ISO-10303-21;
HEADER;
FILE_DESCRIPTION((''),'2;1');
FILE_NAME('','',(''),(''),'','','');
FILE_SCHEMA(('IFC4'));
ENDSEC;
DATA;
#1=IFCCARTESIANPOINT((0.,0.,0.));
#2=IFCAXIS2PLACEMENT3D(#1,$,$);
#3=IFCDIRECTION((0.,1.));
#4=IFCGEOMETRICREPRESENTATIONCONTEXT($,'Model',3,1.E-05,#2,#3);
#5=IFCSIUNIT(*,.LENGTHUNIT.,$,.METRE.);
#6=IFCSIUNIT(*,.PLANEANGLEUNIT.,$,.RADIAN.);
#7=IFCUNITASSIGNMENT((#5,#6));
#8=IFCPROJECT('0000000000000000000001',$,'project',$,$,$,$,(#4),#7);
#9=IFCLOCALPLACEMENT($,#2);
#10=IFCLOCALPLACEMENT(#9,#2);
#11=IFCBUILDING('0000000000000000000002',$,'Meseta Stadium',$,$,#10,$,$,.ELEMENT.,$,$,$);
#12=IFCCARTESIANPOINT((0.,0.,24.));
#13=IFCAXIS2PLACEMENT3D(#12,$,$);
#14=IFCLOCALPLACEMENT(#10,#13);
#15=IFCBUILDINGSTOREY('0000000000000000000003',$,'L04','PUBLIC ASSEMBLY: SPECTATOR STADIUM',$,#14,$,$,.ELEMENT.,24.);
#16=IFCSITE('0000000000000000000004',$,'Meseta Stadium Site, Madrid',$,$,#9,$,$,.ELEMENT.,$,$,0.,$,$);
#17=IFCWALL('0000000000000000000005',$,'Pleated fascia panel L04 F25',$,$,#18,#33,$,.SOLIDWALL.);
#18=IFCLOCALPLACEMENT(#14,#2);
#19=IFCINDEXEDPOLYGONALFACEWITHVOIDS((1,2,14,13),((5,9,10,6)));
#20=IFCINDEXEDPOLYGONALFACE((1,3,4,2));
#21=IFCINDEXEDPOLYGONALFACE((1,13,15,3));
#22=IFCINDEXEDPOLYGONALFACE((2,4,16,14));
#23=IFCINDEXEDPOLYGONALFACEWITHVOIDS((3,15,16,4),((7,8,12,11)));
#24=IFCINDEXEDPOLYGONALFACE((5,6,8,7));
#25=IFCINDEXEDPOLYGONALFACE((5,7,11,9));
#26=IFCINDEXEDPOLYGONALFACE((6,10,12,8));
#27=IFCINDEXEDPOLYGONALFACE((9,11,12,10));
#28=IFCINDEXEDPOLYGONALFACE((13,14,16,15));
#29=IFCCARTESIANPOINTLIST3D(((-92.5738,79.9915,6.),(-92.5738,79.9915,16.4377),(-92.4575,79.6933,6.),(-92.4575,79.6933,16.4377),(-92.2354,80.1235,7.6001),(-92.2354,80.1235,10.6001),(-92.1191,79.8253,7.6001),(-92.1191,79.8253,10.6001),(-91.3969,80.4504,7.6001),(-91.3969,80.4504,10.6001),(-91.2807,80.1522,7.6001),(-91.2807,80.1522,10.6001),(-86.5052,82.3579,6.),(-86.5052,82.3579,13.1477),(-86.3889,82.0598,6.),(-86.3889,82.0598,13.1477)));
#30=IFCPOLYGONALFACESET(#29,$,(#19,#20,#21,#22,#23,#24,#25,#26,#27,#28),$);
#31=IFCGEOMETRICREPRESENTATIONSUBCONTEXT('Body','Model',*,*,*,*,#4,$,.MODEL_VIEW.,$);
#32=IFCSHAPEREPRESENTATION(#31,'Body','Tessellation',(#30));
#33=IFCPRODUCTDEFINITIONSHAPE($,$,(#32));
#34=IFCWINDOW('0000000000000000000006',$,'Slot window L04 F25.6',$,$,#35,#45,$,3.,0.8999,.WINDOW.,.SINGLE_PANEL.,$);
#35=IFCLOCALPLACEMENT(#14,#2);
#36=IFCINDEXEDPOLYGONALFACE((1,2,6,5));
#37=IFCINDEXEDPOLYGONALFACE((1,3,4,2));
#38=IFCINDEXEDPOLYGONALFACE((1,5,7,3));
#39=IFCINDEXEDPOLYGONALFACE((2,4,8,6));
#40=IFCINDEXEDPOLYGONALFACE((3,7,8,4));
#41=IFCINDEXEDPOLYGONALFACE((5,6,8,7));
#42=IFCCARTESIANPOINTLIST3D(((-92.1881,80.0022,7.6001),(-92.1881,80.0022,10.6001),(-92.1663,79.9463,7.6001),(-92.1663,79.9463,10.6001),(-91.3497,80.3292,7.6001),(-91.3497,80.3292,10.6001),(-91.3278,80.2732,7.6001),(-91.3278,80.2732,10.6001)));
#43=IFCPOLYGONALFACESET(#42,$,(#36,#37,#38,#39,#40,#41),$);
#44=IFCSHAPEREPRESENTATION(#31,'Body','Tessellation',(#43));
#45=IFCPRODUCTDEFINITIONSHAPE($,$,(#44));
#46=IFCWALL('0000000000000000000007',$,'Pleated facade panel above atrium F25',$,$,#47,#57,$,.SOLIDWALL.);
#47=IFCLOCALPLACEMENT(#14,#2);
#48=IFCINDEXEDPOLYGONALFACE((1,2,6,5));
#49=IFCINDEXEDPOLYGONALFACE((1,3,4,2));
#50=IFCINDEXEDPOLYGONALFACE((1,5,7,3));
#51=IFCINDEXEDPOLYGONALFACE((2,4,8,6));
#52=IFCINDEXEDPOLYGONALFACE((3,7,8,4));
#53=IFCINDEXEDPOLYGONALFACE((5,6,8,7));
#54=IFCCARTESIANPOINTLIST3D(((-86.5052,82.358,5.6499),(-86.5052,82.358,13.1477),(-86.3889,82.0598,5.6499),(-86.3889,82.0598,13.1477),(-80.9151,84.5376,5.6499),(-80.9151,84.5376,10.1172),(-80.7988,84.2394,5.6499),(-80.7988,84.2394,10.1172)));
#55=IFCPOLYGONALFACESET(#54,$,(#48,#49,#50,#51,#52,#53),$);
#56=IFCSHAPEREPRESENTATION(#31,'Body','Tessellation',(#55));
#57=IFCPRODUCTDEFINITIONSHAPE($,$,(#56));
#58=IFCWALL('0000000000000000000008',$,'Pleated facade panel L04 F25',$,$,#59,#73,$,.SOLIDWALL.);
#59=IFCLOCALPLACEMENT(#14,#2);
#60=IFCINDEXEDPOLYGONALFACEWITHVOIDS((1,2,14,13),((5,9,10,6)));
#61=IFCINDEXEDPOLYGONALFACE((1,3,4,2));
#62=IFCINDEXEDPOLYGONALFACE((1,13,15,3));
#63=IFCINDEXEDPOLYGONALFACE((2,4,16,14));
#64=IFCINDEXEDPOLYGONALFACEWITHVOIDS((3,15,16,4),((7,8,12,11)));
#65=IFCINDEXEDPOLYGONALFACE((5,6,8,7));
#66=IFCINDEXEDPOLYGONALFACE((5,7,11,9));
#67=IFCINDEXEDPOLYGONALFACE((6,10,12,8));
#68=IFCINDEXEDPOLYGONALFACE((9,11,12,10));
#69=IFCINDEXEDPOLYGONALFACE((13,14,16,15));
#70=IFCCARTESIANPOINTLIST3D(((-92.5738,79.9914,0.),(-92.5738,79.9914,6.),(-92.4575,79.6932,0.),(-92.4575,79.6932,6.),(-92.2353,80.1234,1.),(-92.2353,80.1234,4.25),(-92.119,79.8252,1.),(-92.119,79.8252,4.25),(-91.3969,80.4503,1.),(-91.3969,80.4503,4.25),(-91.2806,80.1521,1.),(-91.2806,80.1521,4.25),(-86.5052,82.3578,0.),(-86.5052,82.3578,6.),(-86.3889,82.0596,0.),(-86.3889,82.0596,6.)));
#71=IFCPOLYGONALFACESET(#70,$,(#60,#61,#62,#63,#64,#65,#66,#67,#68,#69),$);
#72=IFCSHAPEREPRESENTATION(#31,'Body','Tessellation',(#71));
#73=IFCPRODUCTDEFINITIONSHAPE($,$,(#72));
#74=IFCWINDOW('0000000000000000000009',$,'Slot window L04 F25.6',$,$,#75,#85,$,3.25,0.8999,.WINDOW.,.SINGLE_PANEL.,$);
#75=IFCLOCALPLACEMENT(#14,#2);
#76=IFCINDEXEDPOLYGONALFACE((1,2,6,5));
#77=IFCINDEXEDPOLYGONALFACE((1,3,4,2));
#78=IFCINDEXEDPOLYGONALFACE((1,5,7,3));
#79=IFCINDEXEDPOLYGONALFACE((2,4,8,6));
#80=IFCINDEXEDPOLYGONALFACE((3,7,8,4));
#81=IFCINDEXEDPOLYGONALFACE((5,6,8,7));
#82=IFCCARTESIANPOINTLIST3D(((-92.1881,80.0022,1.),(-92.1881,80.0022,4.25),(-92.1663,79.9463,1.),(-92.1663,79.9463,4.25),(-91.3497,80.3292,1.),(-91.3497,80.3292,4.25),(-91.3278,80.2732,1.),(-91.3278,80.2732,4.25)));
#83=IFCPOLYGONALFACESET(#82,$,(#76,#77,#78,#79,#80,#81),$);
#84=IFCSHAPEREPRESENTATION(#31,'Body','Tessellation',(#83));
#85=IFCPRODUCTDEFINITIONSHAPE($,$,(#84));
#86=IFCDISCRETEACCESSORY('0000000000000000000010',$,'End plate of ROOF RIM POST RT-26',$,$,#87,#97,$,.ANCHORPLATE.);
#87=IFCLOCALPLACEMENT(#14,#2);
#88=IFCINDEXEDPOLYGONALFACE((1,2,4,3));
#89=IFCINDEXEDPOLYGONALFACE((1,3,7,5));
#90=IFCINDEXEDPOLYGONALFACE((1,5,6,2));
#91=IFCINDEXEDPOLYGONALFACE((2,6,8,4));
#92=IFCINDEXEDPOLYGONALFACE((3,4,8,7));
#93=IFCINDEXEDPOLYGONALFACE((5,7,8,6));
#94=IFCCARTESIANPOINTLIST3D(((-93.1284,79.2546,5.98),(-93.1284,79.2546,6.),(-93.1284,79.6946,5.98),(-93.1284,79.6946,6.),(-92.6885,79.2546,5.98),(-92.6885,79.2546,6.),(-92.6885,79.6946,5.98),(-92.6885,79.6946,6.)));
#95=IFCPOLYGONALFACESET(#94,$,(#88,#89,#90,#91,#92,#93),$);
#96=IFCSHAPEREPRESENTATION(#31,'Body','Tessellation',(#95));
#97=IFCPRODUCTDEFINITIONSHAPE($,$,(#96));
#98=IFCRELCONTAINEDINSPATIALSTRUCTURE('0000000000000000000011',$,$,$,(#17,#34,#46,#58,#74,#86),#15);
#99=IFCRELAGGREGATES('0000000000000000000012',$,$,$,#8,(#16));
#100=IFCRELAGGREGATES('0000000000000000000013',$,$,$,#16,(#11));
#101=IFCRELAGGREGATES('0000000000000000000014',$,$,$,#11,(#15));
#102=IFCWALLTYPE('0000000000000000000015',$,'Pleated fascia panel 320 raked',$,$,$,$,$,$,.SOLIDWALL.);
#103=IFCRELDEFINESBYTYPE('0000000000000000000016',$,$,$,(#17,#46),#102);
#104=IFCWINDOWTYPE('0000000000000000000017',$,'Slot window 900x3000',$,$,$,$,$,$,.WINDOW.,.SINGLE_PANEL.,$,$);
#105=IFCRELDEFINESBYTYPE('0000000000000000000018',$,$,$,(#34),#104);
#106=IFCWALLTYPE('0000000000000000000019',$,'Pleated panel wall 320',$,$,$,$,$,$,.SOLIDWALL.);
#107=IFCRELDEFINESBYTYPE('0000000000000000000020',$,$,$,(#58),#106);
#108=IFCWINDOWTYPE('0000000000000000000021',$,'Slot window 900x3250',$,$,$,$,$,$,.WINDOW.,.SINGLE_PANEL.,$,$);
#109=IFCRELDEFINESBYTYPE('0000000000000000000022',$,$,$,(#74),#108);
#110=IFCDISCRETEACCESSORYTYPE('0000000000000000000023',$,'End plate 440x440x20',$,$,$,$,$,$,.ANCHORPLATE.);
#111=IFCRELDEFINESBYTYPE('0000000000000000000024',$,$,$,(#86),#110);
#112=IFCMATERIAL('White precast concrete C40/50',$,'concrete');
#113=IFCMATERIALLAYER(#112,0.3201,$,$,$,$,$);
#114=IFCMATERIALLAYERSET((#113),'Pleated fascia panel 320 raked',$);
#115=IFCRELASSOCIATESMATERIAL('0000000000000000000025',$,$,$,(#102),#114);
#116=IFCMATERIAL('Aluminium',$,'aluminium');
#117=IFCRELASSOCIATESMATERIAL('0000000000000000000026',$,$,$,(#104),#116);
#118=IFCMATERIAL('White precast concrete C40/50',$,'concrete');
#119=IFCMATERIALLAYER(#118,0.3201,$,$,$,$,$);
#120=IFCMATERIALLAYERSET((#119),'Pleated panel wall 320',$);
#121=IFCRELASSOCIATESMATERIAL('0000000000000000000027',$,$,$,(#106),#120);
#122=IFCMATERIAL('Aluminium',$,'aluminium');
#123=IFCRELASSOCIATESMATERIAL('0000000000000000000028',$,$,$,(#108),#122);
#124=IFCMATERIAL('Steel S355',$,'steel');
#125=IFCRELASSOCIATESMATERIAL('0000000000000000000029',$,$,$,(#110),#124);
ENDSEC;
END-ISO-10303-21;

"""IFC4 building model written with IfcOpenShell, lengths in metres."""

from ifc_helpers import new_model, si_unit, direction, frame, frame_2d, origin, origin_2d, place, context, subcontext, project, spatial, polyline, rectangle, outline, extrude, material, layer, layer_set, material_profile, profile_set, type_object, element, fill, save


model = new_model("IFC4")

# Units and contexts
model_context = context("Model", 3, precision=1e-05, world=origin(), true_north=direction((0.0, 1.0)))
body_context = subcontext(model_context, "Body", "Model", "MODEL_VIEW")
ifc_project = project(units=[si_unit("LENGTHUNIT", "METRE"), si_unit("PLANEANGLEUNIT", "RADIAN")], contexts=[model_context])

# Site, building, storey
site_placement = place(None, origin())
site = spatial("IfcSite", under=ifc_project, at=site_placement, Name="Meseta Stadium Site, Madrid", CompositionType="ELEMENT", RefElevation=0.0)
building_placement = place(site_placement, origin())
building = spatial("IfcBuilding", under=site, at=building_placement, Name="Meseta Stadium", CompositionType="ELEMENT")
storey_placement = place(building_placement, frame((0.0, 0.0, 24.0)))
storey = spatial("IfcBuildingStorey", under=building, at=storey_placement, Name="L04", Description="PUBLIC ASSEMBLY: SPECTATOR STADIUM", CompositionType="ELEMENT", Elevation=24.0)

# Wall, opening, window
ifc_material_1 = material(Name="White precast concrete C40/50", Category="concrete")
ifc_layer_1 = layer(ifc_material_1, 0.3201)
ifc_layer_set_1 = layer_set([ifc_layer_1], Name="Pleated fascia panel 320 raked")
wall_type_1 = type_object("IfcWallType", Name="Pleated fascia panel 320 raked", PredefinedType="SOLIDWALL", material=ifc_layer_set_1)
wall_1_placement = place(storey_placement, frame((-92.5156, 79.8423, 6.0), z_axis=(0.0, 0.0, 1.0), x_axis=(0.93167, 0.363305, 0.0)))
wall_1 = element("IfcWall", 1, at=wall_1_placement, inside=storey, type_object=wall_type_1, Name="Pleated fascia panel L04 F25", PredefinedType="SOLIDWALL", context=body_context, shape_type="SweptSolid", body=[
    extrude(outline(polyline([(0.0, 0.0), (6.5137, 0.0), (6.5137, 7.1477), (0.0, 10.4377), (0.0, 0.0)])), frame((0.0, 0.1602, 0.0), z_axis=(0.0, -1.0, 0.0), x_axis=(1.0, 0.0, 0.0)), (0.0, 0.0, 1.0), 0.3201),
])
opening_1_placement = place(wall_1_placement, frame((0.3633, 0.0, 1.6001)))
opening_1 = element("IfcOpeningElement", 2, at=opening_1_placement, cuts=wall_1, PredefinedType="OPENING", context=body_context, shape_type="SweptSolid", body=[
    extrude(rectangle(XDim=0.8999, YDim=3.0, at=frame_2d((0.45, 1.5))), frame((0.0, 0.1699, 0.0), z_axis=(0.0, -1.0, 0.0), x_axis=(1.0, 0.0, 0.0)), (0.0, 0.0, 1.0), 0.3401),
])
ifc_material_2 = material(Name="Aluminium", Category="aluminium")
window_type_1 = type_object("IfcWindowType", Name="Slot window 900x3000", PartitioningType="SINGLE_PANEL", PredefinedType="WINDOW", material=ifc_material_2)
window_1_placement = place(opening_1_placement, origin())
window_1 = element("IfcWindow", 3, at=window_1_placement, inside=storey, type_object=window_type_1, Name="Slot window L04 F25.6", OverallHeight=3.0, OverallWidth=0.8999, PartitioningType="SINGLE_PANEL", PredefinedType="WINDOW", context=body_context, shape_type="SweptSolid", body=[
    extrude(rectangle(XDim=0.8999, YDim=3.0, at=frame_2d((0.45, 1.5))), frame((0.0, 0.03, 0.0), z_axis=(0.0, -1.0, 0.0), x_axis=(1.0, 0.0, 0.0)), (0.0, 0.0, 1.0), 0.0601),
])
fill(opening_1, window_1)

# Wall
wall_2_placement = place(storey_placement, frame((-86.447, 82.2087, 5.6499), z_axis=(0.0, 0.0, 1.0), x_axis=(0.93168, 0.363281, 0.0)))
element("IfcWall", 4, at=wall_2_placement, inside=storey, type_object=wall_type_1, Name="Pleated facade panel above atrium F25", PredefinedType="SOLIDWALL", context=body_context, shape_type="SweptSolid", body=[
    extrude(outline(polyline([(0.0, 0.0), (6.0, 0.0), (6.0, 4.4673), (0.0, 7.4978), (0.0, 0.0)])), frame((0.0, 0.1602, 0.0), z_axis=(0.0, -1.0, 0.0), x_axis=(1.0, 0.0, 0.0)), (0.0, 0.0, 1.0), 0.3201),
])

# Wall, opening, window
ifc_material_3 = material(Name="White precast concrete C40/50", Category="concrete")
ifc_layer_2 = layer(ifc_material_3, 0.3201)
ifc_layer_set_2 = layer_set([ifc_layer_2], Name="Pleated panel wall 320")
wall_type_2 = type_object("IfcWallType", Name="Pleated panel wall 320", PredefinedType="SOLIDWALL", material=ifc_layer_set_2)
wall_3_placement = place(storey_placement, frame((-92.5156, 79.8423, 0.0), z_axis=(0.0, 0.0, 1.0), x_axis=(0.93167, 0.363305, 0.0)))
wall_3 = element("IfcWall", 5, at=wall_3_placement, inside=storey, type_object=wall_type_2, Name="Pleated facade panel L04 F25", PredefinedType="SOLIDWALL", context=body_context, shape_type="SweptSolid", body=[
    extrude(rectangle(XDim=6.5137, YDim=0.3201, at=frame_2d((3.2568, 0.0))), origin(), (0.0, 0.0, 1.0), 6.0),
])
opening_2_placement = place(wall_3_placement, frame((0.3633, 0.0, 1.0)))
opening_2 = element("IfcOpeningElement", 6, at=opening_2_placement, cuts=wall_3, PredefinedType="OPENING", context=body_context, shape_type="SweptSolid", body=[
    extrude(rectangle(XDim=0.8999, YDim=3.25, at=frame_2d((0.45, 1.625))), frame((0.0, 0.1699, 0.0), z_axis=(0.0, -1.0, 0.0), x_axis=(1.0, 0.0, 0.0)), (0.0, 0.0, 1.0), 0.3401),
])
ifc_material_4 = material(Name="Aluminium", Category="aluminium")
window_type_2 = type_object("IfcWindowType", Name="Slot window 900x3250", PartitioningType="SINGLE_PANEL", PredefinedType="WINDOW", material=ifc_material_4)
window_2_placement = place(opening_2_placement, origin())
window_2 = element("IfcWindow", 7, at=window_2_placement, inside=storey, type_object=window_type_2, Name="Slot window L04 F25.6", OverallHeight=3.25, OverallWidth=0.8999, PartitioningType="SINGLE_PANEL", PredefinedType="WINDOW", context=body_context, shape_type="SweptSolid", body=[
    extrude(rectangle(XDim=0.8999, YDim=3.25, at=frame_2d((0.45, 1.625))), frame((0.0, 0.03, 0.0), z_axis=(0.0, -1.0, 0.0), x_axis=(1.0, 0.0, 0.0)), (0.0, 0.0, 1.0), 0.0601),
])
fill(opening_2, window_2)

# Discrete accessory
ifc_material_5 = material(Name="Steel S355", Category="steel")
ifc_material_profile_1 = material_profile(ifc_material_5, rectangle(XDim=0.4399, YDim=0.4399, at=origin_2d()), Name="PL 440x440")
ifc_profile_set_1 = profile_set([ifc_material_profile_1], Name="Steel S355")
discrete_accessory_type = type_object("IfcDiscreteAccessoryType", Name="End plate 440x440x20", PredefinedType="ANCHORPLATE", material=ifc_profile_set_1)
discrete_accessory_placement = place(storey_placement, frame((-92.9084, 79.4746, 5.98), z_axis=(0.0, 0.0, 1.0), x_axis=(1.0, 0.0, 0.0)))
element("IfcDiscreteAccessory", 8, at=discrete_accessory_placement, inside=storey, type_object=discrete_accessory_type, Name="End plate of ROOF RIM POST RT-26", PredefinedType="ANCHORPLATE", context=body_context, shape_type="SweptSolid", body=[
    extrude(rectangle(XDim=0.4399, YDim=0.4399, at=origin_2d()), origin(), (0.0, 0.0, 1.0), 0.02),
])

save(model, "model.ifc")
